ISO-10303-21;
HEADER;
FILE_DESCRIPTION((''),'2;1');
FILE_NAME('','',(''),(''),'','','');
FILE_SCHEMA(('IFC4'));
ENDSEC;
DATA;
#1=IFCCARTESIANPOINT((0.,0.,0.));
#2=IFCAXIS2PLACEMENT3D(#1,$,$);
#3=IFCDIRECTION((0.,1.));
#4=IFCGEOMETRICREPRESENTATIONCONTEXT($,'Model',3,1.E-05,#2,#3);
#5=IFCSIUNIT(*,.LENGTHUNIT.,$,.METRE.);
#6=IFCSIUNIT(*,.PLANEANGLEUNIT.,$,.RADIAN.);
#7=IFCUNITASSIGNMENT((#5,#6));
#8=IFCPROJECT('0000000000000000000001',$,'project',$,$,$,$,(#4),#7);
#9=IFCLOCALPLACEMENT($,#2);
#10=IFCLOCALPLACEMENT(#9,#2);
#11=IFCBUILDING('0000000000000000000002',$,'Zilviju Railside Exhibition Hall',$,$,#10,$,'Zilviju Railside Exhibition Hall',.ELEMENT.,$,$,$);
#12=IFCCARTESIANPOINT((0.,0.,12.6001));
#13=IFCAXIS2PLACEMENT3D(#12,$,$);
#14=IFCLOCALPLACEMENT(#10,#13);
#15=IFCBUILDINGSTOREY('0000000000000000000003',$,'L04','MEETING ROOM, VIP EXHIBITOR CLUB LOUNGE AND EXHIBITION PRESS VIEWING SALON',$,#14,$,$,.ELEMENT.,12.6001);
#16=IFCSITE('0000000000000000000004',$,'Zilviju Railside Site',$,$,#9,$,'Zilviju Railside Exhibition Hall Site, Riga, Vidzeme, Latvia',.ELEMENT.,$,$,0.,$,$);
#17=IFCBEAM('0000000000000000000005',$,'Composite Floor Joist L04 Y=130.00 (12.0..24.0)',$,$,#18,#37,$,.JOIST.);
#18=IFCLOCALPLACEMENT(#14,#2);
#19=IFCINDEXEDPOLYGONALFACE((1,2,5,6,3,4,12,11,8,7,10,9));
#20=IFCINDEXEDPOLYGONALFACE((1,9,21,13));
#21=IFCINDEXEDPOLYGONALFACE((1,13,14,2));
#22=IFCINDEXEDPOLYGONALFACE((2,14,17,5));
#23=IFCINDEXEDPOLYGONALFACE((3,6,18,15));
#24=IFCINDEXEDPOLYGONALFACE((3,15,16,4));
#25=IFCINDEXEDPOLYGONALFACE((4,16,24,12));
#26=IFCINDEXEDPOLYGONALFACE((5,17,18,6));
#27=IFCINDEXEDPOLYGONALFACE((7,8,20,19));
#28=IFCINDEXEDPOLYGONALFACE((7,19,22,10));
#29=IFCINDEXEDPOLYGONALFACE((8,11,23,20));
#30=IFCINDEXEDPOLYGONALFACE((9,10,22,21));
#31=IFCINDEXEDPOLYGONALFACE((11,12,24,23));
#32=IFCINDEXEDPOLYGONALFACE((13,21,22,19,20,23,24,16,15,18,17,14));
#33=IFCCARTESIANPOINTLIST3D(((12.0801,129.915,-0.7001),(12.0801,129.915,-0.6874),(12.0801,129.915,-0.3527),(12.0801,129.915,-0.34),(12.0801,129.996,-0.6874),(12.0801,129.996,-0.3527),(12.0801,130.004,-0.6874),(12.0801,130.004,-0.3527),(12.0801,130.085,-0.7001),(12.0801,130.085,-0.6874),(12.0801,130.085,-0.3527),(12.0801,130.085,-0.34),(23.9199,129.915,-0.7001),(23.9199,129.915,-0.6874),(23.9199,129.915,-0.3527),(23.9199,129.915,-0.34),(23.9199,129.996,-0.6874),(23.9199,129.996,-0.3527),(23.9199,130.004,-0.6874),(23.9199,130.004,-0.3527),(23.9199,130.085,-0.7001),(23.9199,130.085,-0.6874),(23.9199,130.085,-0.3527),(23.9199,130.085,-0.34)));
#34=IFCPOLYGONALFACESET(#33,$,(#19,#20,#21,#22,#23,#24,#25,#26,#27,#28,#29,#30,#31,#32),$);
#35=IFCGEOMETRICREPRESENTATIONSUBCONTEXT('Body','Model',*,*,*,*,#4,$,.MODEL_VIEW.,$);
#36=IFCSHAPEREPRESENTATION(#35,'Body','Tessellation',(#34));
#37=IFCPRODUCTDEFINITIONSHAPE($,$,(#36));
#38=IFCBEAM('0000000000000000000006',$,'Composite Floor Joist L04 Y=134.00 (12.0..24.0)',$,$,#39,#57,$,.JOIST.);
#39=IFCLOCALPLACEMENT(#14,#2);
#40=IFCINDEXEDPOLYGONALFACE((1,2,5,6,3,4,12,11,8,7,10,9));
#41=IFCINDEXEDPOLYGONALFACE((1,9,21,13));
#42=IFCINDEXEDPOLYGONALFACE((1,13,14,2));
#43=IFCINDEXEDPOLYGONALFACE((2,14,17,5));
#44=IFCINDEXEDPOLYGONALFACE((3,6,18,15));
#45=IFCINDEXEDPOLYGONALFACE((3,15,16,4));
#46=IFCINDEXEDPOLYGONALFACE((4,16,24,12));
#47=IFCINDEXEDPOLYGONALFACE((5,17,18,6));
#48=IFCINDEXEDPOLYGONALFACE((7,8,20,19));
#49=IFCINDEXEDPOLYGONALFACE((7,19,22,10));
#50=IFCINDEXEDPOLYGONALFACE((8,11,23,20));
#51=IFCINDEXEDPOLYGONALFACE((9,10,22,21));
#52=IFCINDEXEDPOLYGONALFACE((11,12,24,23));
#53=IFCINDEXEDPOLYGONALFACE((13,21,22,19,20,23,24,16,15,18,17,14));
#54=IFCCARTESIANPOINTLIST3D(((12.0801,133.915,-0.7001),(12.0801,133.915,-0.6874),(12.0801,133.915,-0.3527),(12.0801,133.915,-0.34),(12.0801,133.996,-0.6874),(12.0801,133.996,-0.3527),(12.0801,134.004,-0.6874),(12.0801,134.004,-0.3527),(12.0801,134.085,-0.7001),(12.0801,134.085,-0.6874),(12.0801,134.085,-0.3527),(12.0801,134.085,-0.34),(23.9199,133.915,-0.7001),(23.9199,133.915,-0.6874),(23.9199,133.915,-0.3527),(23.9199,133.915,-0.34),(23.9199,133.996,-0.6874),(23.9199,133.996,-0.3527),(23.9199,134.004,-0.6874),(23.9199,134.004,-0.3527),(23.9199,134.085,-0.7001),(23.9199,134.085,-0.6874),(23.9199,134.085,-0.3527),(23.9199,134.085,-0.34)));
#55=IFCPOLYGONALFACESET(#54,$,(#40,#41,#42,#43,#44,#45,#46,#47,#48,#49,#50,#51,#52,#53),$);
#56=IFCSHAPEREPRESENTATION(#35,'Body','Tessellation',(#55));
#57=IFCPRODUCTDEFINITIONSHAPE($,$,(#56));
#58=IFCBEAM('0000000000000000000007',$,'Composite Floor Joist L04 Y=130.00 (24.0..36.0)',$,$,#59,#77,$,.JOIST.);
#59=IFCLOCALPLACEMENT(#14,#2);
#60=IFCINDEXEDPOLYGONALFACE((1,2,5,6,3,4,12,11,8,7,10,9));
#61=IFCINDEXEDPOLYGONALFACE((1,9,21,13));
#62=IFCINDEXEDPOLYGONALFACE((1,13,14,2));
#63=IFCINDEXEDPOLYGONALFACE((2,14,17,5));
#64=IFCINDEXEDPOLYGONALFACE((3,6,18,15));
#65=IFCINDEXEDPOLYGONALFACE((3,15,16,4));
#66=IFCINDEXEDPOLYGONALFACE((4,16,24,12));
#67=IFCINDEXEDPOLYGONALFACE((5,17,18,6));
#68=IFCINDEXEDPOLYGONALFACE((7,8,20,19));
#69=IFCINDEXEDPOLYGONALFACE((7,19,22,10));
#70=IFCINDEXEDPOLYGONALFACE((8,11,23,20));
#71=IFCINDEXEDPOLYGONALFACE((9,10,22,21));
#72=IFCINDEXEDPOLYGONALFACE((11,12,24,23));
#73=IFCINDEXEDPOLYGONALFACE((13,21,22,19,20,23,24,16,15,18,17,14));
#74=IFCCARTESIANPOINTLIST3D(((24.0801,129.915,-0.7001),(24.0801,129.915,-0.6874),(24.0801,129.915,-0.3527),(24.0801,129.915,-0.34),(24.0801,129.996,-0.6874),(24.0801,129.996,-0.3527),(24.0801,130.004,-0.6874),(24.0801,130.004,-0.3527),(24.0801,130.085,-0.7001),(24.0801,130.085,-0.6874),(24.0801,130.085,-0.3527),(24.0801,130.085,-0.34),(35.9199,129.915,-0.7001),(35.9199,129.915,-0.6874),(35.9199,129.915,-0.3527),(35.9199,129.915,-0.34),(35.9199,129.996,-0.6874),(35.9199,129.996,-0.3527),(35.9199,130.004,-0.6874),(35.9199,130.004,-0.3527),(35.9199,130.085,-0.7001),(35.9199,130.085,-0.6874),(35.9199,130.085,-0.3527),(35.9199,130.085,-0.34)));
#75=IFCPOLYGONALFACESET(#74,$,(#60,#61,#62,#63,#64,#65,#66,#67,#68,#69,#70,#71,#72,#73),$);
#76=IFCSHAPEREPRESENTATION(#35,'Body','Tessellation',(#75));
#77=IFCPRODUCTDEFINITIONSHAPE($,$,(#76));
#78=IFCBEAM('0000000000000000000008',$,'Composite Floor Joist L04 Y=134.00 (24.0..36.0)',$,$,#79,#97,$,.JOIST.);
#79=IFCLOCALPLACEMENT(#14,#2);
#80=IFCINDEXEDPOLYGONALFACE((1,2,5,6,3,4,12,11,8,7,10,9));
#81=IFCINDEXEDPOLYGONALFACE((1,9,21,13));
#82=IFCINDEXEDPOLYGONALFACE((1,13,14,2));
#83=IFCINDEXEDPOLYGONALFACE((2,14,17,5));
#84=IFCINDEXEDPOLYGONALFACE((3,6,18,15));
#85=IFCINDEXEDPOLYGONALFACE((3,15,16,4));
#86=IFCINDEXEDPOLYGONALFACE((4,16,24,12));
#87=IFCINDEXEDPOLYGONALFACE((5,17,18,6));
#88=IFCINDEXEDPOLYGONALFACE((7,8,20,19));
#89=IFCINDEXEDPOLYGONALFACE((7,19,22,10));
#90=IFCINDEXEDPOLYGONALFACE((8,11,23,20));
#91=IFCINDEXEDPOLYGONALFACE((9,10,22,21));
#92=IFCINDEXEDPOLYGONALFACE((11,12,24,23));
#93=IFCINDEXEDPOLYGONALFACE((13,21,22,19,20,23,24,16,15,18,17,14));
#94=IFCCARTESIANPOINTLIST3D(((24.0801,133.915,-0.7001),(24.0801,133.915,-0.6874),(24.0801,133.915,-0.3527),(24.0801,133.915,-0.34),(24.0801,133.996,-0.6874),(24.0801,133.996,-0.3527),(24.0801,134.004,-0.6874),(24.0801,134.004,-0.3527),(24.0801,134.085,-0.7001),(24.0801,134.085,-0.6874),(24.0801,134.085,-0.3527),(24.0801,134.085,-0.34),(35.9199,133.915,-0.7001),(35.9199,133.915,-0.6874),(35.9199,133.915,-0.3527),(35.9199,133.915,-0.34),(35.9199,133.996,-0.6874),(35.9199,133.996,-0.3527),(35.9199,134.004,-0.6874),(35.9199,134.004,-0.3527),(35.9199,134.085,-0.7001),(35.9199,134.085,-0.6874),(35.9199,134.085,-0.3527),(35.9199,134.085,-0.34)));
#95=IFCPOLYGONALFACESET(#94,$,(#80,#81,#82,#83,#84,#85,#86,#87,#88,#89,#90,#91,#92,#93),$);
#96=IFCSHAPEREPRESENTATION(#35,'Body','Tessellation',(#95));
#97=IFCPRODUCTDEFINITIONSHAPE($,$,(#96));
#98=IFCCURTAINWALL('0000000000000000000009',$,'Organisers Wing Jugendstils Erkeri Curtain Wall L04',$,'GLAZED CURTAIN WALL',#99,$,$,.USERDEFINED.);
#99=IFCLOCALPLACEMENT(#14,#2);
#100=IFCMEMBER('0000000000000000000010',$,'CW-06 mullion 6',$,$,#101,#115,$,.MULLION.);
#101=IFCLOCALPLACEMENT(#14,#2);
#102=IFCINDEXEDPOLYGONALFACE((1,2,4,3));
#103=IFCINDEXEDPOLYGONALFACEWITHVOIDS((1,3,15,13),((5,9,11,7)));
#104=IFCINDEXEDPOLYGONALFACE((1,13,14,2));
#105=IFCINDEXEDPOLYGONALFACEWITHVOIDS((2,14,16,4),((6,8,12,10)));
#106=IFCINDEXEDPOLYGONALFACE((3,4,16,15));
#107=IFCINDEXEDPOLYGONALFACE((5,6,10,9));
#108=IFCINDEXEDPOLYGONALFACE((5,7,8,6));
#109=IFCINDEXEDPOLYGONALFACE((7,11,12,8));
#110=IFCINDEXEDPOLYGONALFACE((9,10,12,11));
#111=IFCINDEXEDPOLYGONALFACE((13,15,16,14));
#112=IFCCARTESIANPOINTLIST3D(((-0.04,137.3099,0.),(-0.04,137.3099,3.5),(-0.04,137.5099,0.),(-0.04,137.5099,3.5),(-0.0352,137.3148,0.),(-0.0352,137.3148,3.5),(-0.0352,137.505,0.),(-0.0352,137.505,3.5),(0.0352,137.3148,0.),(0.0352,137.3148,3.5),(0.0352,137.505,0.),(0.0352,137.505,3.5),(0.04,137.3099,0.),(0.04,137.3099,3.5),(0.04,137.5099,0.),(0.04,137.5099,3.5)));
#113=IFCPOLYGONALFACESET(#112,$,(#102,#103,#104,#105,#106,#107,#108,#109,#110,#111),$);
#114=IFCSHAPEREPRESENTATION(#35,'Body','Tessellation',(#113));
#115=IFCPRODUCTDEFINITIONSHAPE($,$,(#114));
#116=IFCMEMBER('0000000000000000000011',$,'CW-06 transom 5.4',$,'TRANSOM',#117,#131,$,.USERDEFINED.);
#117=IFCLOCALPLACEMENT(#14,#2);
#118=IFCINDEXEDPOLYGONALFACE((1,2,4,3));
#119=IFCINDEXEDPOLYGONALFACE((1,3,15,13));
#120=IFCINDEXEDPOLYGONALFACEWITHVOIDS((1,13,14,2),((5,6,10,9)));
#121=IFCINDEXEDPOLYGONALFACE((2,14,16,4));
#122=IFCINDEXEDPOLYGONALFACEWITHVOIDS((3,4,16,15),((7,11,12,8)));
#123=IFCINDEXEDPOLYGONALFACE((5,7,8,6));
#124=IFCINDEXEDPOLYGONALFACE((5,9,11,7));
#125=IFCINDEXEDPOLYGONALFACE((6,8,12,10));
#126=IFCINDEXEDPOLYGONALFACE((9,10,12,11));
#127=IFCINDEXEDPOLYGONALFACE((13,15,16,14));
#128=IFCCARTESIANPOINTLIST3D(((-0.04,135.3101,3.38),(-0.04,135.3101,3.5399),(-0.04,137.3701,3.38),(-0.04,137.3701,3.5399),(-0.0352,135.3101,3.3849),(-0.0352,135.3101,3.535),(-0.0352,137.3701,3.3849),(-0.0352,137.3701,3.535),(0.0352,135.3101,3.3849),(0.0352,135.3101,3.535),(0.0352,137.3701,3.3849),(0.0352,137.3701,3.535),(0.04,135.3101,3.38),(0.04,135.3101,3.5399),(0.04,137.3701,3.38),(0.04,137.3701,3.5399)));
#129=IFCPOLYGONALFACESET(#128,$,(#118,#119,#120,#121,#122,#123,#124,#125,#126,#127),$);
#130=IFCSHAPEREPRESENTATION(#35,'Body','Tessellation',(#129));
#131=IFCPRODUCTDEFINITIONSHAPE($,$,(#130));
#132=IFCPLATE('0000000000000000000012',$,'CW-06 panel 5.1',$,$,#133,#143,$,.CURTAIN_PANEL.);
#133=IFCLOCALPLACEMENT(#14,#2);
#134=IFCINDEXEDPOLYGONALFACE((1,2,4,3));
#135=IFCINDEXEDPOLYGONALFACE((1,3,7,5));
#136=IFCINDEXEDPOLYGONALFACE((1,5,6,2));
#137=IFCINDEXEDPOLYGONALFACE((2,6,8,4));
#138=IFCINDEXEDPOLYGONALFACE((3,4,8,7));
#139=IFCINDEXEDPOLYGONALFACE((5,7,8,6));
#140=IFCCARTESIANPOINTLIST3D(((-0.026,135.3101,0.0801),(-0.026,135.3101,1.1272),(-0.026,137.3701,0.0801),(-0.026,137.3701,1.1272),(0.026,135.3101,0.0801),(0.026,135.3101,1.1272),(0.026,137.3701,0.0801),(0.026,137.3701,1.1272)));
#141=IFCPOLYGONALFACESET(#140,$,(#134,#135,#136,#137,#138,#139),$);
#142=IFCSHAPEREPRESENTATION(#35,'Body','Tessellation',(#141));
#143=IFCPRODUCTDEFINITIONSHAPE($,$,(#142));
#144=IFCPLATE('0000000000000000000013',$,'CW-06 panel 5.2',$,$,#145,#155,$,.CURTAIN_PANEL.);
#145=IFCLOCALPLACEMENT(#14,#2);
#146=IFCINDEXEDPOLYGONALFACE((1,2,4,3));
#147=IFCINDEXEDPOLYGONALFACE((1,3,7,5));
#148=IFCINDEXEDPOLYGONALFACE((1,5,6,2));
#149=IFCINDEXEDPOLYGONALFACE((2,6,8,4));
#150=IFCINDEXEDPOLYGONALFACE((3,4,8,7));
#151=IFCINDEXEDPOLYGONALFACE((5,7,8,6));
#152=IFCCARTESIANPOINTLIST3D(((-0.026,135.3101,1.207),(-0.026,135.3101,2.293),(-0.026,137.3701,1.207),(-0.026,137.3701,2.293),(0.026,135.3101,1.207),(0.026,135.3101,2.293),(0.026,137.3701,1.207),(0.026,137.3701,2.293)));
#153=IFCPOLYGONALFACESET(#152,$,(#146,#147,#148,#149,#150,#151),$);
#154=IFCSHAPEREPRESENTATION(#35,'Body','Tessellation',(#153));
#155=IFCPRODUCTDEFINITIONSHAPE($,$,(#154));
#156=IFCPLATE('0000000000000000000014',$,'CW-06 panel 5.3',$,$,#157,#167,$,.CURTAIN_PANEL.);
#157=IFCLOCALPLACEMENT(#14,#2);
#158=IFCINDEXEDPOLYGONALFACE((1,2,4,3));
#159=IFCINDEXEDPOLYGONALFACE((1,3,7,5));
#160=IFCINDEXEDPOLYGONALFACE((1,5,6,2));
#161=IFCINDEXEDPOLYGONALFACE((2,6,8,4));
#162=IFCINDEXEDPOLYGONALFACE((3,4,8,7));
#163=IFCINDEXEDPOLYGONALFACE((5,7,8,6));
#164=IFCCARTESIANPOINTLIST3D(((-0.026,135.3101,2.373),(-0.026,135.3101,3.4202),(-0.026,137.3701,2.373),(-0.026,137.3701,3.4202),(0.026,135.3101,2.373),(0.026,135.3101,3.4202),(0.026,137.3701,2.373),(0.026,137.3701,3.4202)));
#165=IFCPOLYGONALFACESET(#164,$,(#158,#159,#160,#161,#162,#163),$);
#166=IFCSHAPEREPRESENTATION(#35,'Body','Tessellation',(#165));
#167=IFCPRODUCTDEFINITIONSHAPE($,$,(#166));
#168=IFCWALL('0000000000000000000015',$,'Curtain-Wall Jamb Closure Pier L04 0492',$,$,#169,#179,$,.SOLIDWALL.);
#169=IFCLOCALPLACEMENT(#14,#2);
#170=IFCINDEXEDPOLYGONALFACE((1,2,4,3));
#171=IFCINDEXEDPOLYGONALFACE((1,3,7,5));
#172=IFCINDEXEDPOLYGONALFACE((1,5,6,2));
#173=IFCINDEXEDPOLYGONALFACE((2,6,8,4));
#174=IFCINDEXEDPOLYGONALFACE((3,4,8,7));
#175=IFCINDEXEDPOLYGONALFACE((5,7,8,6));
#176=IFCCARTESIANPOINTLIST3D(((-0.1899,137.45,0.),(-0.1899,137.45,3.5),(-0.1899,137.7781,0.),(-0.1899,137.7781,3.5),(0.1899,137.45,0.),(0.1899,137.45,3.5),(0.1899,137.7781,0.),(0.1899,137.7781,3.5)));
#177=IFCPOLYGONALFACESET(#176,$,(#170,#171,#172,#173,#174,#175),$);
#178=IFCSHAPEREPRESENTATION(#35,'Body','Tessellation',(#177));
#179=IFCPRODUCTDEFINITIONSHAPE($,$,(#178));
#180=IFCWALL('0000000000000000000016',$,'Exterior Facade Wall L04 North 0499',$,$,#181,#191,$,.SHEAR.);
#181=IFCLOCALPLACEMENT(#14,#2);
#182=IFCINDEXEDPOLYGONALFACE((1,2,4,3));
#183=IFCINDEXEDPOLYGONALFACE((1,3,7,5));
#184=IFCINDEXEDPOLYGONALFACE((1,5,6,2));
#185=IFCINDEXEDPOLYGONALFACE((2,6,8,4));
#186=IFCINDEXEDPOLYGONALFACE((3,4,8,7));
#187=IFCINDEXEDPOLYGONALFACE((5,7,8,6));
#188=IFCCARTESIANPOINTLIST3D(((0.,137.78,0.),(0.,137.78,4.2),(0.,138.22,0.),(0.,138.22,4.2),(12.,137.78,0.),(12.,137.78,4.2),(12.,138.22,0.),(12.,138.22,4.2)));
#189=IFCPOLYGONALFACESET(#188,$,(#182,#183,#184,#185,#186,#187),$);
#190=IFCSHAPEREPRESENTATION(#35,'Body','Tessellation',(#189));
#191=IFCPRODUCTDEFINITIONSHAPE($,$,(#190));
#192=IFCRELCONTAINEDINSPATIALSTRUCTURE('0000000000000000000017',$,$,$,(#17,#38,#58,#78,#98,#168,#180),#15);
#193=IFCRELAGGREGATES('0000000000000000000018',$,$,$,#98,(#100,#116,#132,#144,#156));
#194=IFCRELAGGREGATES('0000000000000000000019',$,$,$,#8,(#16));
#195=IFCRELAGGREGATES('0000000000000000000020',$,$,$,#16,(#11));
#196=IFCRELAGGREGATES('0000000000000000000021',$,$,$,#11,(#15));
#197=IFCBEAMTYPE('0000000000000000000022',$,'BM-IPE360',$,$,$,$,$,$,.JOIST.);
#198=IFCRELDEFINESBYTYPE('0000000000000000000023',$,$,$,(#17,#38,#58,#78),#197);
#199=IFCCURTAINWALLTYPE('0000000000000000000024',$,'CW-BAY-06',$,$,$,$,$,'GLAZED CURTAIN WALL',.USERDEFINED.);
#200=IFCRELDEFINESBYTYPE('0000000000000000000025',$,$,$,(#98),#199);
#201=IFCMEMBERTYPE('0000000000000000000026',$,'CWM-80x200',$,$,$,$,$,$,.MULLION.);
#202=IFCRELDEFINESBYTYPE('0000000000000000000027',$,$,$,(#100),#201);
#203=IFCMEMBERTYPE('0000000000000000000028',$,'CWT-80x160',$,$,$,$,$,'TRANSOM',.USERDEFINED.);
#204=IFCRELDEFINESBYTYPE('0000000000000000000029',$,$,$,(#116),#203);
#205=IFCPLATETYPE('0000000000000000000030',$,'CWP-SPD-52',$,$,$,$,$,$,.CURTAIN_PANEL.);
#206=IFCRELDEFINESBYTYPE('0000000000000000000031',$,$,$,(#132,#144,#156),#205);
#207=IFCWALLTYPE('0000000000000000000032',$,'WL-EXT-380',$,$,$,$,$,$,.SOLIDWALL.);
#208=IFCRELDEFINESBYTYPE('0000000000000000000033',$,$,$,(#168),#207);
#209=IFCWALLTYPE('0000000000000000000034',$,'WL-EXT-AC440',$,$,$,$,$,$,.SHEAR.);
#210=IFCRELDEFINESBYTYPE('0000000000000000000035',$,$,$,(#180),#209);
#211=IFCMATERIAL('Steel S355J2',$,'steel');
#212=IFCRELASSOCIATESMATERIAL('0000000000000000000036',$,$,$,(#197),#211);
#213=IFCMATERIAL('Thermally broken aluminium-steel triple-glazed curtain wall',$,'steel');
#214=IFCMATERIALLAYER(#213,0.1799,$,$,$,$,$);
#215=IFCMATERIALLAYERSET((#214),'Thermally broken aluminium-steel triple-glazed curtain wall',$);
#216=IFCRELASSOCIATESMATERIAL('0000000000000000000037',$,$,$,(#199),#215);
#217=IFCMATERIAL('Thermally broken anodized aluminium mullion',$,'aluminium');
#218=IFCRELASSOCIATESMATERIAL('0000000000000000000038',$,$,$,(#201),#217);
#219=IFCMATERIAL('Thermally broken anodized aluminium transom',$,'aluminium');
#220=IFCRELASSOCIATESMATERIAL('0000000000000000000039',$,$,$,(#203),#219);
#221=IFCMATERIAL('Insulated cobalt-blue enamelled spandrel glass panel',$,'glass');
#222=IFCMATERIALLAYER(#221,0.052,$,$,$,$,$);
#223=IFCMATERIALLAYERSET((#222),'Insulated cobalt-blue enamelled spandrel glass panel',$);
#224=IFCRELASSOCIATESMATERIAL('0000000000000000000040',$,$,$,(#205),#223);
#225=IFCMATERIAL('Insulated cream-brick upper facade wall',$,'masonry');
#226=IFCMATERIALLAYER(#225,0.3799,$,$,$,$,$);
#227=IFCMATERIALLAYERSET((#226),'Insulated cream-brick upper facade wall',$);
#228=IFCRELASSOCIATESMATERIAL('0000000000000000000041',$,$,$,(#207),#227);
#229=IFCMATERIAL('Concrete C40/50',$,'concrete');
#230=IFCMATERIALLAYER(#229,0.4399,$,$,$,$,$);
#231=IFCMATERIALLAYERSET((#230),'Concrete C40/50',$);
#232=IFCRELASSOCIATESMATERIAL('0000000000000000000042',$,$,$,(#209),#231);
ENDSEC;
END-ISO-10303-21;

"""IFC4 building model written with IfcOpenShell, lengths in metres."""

from ifc_helpers import new_model, si_unit, direction, frame, frame_2d, origin, origin_2d, place, context, subcontext, project, spatial, rectangle, hollow_rectangle, i_section, extrude, material, layer, layer_set, material_profile, profile_set, type_object, element, aggregate, save


model = new_model("IFC4")

# Units and contexts
model_context = context("Model", 3, precision=1e-05, world=origin(), true_north=direction((0.0, 1.0)))
body_context = subcontext(model_context, "Body", "Model", "MODEL_VIEW")
ifc_project = project(units=[si_unit("LENGTHUNIT", "METRE"), si_unit("PLANEANGLEUNIT", "RADIAN")], contexts=[model_context])

# Site, building, storey
site_placement = place(None, origin())
site = spatial("IfcSite", under=ifc_project, at=site_placement, Name="Zilviju Railside Site", LongName="Zilviju Railside Exhibition Hall Site, Riga, Vidzeme, Latvia", CompositionType="ELEMENT", RefElevation=0.0)
building_placement = place(site_placement, origin())
building = spatial("IfcBuilding", under=site, at=building_placement, Name="Zilviju Railside Exhibition Hall", LongName="Zilviju Railside Exhibition Hall", CompositionType="ELEMENT")
storey_placement = place(building_placement, frame((0.0, 0.0, 12.6001)))
storey = spatial("IfcBuildingStorey", under=building, at=storey_placement, Name="L04", Description="MEETING ROOM, VIP EXHIBITOR CLUB LOUNGE AND EXHIBITION PRESS VIEWING SALON", CompositionType="ELEMENT", Elevation=12.6001)

# Beams
ifc_material_1 = material(Name="Steel S355J2", Category="steel")
ifc_material_profile_1 = material_profile(ifc_material_1, i_section(OverallWidth=0.1699, OverallDepth=0.3601, WebThickness=0.0081, FlangeThickness=0.0127, at=origin_2d()), Name="IPE 360")
ifc_profile_set_1 = profile_set([ifc_material_profile_1], Name="Steel S355J2")
beam_type_1 = type_object("IfcBeamType", Name="BM-IPE360", PredefinedType="JOIST", material=ifc_profile_set_1)
for number, where, z_axis, x_axis, name in (
    (1, (12.0801, 130.0, -0.52), (1.0, 0.0, 0.0), (0.0, 1.0, 0.0), "Composite Floor Joist L04 Y=130.00 (12.0..24.0)"),
    (2, (12.0801, 134.0, -0.52), (1.0, 0.0, 0.0), (0.0, 1.0, 0.0), "Composite Floor Joist L04 Y=134.00 (12.0..24.0)"),
    (3, (24.0801, 130.0, -0.52), (1.0, 0.0, 0.0), (0.0, 1.0, 0.0), "Composite Floor Joist L04 Y=130.00 (24.0..36.0)"),
    (4, (24.0801, 134.0, -0.52), (1.0, 0.0, 0.0), (0.0, 1.0, 0.0), "Composite Floor Joist L04 Y=134.00 (24.0..36.0)"),
):
    element("IfcBeam", number, at=place(storey_placement, frame(where, z_axis=z_axis, x_axis=x_axis)), inside=storey, type_object=beam_type_1, Name=name, PredefinedType="JOIST", context=body_context, shape_type="SweptSolid", body=[
        extrude(i_section(OverallWidth=0.1699, OverallDepth=0.3601, WebThickness=0.0081, FlangeThickness=0.0127, at=origin_2d()), origin(), (0.0, 0.0, 1.0), 11.8398),
    ])

# Curtain wall, members, plates
ifc_material_2 = material(Name="Thermally broken aluminium-steel triple-glazed curtain wall", Category="steel")
ifc_layer_1 = layer(ifc_material_2, 0.1799)
ifc_layer_set_1 = layer_set([ifc_layer_1], Name="Thermally broken aluminium-steel triple-glazed curtain wall")
curtain_wall_type = type_object("IfcCurtainWallType", Name="CW-BAY-06", ElementType="GLAZED CURTAIN WALL", PredefinedType="USERDEFINED", material=ifc_layer_set_1)
curtain_wall_placement = place(storey_placement, origin())
curtain_wall = element("IfcCurtainWall", 5, at=curtain_wall_placement, inside=storey, type_object=curtain_wall_type, Name="Organisers Wing Jugendstils Erkeri Curtain Wall L04", ObjectType="GLAZED CURTAIN WALL", PredefinedType="USERDEFINED")
ifc_material_3 = material(Name="Thermally broken anodized aluminium mullion", Category="aluminium")
ifc_material_profile_2 = material_profile(ifc_material_3, hollow_rectangle(XDim=0.0801, YDim=0.2, WallThickness=0.0049, at=origin_2d()), Name="MULLION 200x80x5")
ifc_profile_set_2 = profile_set([ifc_material_profile_2], Name="Thermally broken anodized aluminium mullion")
member_type_1 = type_object("IfcMemberType", Name="CWM-80x200", PredefinedType="MULLION", material=ifc_profile_set_2)
member_1_placement = place(storey_placement, frame((0.0, 137.4099, 0.0), z_axis=(0.0, 0.0, 1.0), x_axis=(-1.0, 0.0, 0.0)))
member_1 = element("IfcMember", 6, at=member_1_placement, type_object=member_type_1, Name="CW-06 mullion 6", PredefinedType="MULLION", context=body_context, shape_type="SweptSolid", body=[
    extrude(hollow_rectangle(XDim=0.0801, YDim=0.2, WallThickness=0.0049, at=origin_2d()), origin(), (0.0, 0.0, 1.0), 3.5),
])
ifc_material_4 = material(Name="Thermally broken anodized aluminium transom", Category="aluminium")
ifc_material_profile_3 = material_profile(ifc_material_4, hollow_rectangle(XDim=0.0801, YDim=0.1599, WallThickness=0.0049, at=origin_2d()), Name="TRANSOM 160x80x5")
ifc_profile_set_3 = profile_set([ifc_material_profile_3], Name="Thermally broken anodized aluminium transom")
member_type_2 = type_object("IfcMemberType", Name="CWT-80x160", ElementType="TRANSOM", PredefinedType="USERDEFINED", material=ifc_profile_set_3)
member_2_placement = place(storey_placement, frame((0.0, 135.3101, 3.46), z_axis=(0.0, 1.0, 0.0), x_axis=(-1.0, 0.0, 0.0)))
member_2 = element("IfcMember", 7, at=member_2_placement, type_object=member_type_2, Name="CW-06 transom 5.4", ObjectType="TRANSOM", PredefinedType="USERDEFINED", context=body_context, shape_type="SweptSolid", body=[
    extrude(hollow_rectangle(XDim=0.0801, YDim=0.1599, WallThickness=0.0049, at=origin_2d()), origin(), (0.0, 0.0, 1.0), 2.0601),
])
ifc_material_5 = material(Name="Insulated cobalt-blue enamelled spandrel glass panel", Category="glass")
ifc_layer_2 = layer(ifc_material_5, 0.052)
ifc_layer_set_2 = layer_set([ifc_layer_2], Name="Insulated cobalt-blue enamelled spandrel glass panel")
plate_type = type_object("IfcPlateType", Name="CWP-SPD-52", PredefinedType="CURTAIN_PANEL", material=ifc_layer_set_2)
plate_1_placement = place(storey_placement, frame((0.0, 136.3401, 0.0801), z_axis=(0.0, 0.0, 1.0), x_axis=(0.0, 1.0, 0.0)))
plate_1 = element("IfcPlate", 8, at=plate_1_placement, type_object=plate_type, Name="CW-06 panel 5.1", PredefinedType="CURTAIN_PANEL", context=body_context, shape_type="SweptSolid", body=[
    extrude(rectangle(XDim=2.0601, YDim=0.052, at=origin_2d()), origin(), (0.0, 0.0, 1.0), 1.0471),
])
plate_2_placement = place(storey_placement, frame((0.0, 136.3401, 1.207), z_axis=(0.0, 0.0, 1.0), x_axis=(0.0, 1.0, 0.0)))
plate_2 = element("IfcPlate", 9, at=plate_2_placement, type_object=plate_type, Name="CW-06 panel 5.2", PredefinedType="CURTAIN_PANEL", context=body_context, shape_type="SweptSolid", body=[
    extrude(rectangle(XDim=2.0601, YDim=0.052, at=origin_2d()), origin(), (0.0, 0.0, 1.0), 1.0859),
])
plate_3_placement = place(storey_placement, frame((0.0, 136.3401, 2.373), z_axis=(0.0, 0.0, 1.0), x_axis=(0.0, 1.0, 0.0)))
plate_3 = element("IfcPlate", 10, at=plate_3_placement, type_object=plate_type, Name="CW-06 panel 5.3", PredefinedType="CURTAIN_PANEL", context=body_context, shape_type="SweptSolid", body=[
    extrude(rectangle(XDim=2.0601, YDim=0.052, at=origin_2d()), origin(), (0.0, 0.0, 1.0), 1.0471),
])
aggregate(curtain_wall, [member_1, member_2, plate_1, plate_2, plate_3])

# Walls
ifc_material_6 = material(Name="Insulated cream-brick upper facade wall", Category="masonry")
ifc_layer_3 = layer(ifc_material_6, 0.3799)
ifc_layer_set_3 = layer_set([ifc_layer_3], Name="Insulated cream-brick upper facade wall")
wall_type_1 = type_object("IfcWallType", Name="WL-EXT-380", PredefinedType="SOLIDWALL", material=ifc_layer_set_3)
wall_placement = place(storey_placement, frame((0.0, 137.45, 0.0), z_axis=(0.0, 0.0, 1.0), x_axis=(0.0, 1.0, 0.0)))
element("IfcWall", 11, at=wall_placement, inside=storey, type_object=wall_type_1, Name="Curtain-Wall Jamb Closure Pier L04 0492", PredefinedType="SOLIDWALL", context=body_context, shape_type="SweptSolid", body=[
    extrude(rectangle(XDim=0.3281, YDim=0.3799, at=frame_2d((0.1641, 0.0))), origin(), (0.0, 0.0, 1.0), 3.5),
])
ifc_material_7 = material(Name="Concrete C40/50", Category="concrete")
ifc_layer_4 = layer(ifc_material_7, 0.4399)
ifc_layer_set_4 = layer_set([ifc_layer_4], Name="Concrete C40/50")
wall_type_2 = type_object("IfcWallType", Name="WL-EXT-AC440", PredefinedType="SHEAR", material=ifc_layer_set_4)
for number, where, z_axis, x_axis, name in (
    (12, (0.0, 138.0, 0.0), (0.0, 0.0, 1.0), (1.0, 0.0, 0.0), "Exterior Facade Wall L04 North 0499"),
):
    element("IfcWall", number, at=place(storey_placement, frame(where, z_axis=z_axis, x_axis=x_axis)), inside=storey, type_object=wall_type_2, Name=name, PredefinedType="SHEAR", context=body_context, shape_type="SweptSolid", body=[
        extrude(rectangle(XDim=12.0, YDim=0.4399, at=frame_2d((6.0, 0.0))), origin(), (0.0, 0.0, 1.0), 4.2),
    ])

save(model, "model.ifc")
